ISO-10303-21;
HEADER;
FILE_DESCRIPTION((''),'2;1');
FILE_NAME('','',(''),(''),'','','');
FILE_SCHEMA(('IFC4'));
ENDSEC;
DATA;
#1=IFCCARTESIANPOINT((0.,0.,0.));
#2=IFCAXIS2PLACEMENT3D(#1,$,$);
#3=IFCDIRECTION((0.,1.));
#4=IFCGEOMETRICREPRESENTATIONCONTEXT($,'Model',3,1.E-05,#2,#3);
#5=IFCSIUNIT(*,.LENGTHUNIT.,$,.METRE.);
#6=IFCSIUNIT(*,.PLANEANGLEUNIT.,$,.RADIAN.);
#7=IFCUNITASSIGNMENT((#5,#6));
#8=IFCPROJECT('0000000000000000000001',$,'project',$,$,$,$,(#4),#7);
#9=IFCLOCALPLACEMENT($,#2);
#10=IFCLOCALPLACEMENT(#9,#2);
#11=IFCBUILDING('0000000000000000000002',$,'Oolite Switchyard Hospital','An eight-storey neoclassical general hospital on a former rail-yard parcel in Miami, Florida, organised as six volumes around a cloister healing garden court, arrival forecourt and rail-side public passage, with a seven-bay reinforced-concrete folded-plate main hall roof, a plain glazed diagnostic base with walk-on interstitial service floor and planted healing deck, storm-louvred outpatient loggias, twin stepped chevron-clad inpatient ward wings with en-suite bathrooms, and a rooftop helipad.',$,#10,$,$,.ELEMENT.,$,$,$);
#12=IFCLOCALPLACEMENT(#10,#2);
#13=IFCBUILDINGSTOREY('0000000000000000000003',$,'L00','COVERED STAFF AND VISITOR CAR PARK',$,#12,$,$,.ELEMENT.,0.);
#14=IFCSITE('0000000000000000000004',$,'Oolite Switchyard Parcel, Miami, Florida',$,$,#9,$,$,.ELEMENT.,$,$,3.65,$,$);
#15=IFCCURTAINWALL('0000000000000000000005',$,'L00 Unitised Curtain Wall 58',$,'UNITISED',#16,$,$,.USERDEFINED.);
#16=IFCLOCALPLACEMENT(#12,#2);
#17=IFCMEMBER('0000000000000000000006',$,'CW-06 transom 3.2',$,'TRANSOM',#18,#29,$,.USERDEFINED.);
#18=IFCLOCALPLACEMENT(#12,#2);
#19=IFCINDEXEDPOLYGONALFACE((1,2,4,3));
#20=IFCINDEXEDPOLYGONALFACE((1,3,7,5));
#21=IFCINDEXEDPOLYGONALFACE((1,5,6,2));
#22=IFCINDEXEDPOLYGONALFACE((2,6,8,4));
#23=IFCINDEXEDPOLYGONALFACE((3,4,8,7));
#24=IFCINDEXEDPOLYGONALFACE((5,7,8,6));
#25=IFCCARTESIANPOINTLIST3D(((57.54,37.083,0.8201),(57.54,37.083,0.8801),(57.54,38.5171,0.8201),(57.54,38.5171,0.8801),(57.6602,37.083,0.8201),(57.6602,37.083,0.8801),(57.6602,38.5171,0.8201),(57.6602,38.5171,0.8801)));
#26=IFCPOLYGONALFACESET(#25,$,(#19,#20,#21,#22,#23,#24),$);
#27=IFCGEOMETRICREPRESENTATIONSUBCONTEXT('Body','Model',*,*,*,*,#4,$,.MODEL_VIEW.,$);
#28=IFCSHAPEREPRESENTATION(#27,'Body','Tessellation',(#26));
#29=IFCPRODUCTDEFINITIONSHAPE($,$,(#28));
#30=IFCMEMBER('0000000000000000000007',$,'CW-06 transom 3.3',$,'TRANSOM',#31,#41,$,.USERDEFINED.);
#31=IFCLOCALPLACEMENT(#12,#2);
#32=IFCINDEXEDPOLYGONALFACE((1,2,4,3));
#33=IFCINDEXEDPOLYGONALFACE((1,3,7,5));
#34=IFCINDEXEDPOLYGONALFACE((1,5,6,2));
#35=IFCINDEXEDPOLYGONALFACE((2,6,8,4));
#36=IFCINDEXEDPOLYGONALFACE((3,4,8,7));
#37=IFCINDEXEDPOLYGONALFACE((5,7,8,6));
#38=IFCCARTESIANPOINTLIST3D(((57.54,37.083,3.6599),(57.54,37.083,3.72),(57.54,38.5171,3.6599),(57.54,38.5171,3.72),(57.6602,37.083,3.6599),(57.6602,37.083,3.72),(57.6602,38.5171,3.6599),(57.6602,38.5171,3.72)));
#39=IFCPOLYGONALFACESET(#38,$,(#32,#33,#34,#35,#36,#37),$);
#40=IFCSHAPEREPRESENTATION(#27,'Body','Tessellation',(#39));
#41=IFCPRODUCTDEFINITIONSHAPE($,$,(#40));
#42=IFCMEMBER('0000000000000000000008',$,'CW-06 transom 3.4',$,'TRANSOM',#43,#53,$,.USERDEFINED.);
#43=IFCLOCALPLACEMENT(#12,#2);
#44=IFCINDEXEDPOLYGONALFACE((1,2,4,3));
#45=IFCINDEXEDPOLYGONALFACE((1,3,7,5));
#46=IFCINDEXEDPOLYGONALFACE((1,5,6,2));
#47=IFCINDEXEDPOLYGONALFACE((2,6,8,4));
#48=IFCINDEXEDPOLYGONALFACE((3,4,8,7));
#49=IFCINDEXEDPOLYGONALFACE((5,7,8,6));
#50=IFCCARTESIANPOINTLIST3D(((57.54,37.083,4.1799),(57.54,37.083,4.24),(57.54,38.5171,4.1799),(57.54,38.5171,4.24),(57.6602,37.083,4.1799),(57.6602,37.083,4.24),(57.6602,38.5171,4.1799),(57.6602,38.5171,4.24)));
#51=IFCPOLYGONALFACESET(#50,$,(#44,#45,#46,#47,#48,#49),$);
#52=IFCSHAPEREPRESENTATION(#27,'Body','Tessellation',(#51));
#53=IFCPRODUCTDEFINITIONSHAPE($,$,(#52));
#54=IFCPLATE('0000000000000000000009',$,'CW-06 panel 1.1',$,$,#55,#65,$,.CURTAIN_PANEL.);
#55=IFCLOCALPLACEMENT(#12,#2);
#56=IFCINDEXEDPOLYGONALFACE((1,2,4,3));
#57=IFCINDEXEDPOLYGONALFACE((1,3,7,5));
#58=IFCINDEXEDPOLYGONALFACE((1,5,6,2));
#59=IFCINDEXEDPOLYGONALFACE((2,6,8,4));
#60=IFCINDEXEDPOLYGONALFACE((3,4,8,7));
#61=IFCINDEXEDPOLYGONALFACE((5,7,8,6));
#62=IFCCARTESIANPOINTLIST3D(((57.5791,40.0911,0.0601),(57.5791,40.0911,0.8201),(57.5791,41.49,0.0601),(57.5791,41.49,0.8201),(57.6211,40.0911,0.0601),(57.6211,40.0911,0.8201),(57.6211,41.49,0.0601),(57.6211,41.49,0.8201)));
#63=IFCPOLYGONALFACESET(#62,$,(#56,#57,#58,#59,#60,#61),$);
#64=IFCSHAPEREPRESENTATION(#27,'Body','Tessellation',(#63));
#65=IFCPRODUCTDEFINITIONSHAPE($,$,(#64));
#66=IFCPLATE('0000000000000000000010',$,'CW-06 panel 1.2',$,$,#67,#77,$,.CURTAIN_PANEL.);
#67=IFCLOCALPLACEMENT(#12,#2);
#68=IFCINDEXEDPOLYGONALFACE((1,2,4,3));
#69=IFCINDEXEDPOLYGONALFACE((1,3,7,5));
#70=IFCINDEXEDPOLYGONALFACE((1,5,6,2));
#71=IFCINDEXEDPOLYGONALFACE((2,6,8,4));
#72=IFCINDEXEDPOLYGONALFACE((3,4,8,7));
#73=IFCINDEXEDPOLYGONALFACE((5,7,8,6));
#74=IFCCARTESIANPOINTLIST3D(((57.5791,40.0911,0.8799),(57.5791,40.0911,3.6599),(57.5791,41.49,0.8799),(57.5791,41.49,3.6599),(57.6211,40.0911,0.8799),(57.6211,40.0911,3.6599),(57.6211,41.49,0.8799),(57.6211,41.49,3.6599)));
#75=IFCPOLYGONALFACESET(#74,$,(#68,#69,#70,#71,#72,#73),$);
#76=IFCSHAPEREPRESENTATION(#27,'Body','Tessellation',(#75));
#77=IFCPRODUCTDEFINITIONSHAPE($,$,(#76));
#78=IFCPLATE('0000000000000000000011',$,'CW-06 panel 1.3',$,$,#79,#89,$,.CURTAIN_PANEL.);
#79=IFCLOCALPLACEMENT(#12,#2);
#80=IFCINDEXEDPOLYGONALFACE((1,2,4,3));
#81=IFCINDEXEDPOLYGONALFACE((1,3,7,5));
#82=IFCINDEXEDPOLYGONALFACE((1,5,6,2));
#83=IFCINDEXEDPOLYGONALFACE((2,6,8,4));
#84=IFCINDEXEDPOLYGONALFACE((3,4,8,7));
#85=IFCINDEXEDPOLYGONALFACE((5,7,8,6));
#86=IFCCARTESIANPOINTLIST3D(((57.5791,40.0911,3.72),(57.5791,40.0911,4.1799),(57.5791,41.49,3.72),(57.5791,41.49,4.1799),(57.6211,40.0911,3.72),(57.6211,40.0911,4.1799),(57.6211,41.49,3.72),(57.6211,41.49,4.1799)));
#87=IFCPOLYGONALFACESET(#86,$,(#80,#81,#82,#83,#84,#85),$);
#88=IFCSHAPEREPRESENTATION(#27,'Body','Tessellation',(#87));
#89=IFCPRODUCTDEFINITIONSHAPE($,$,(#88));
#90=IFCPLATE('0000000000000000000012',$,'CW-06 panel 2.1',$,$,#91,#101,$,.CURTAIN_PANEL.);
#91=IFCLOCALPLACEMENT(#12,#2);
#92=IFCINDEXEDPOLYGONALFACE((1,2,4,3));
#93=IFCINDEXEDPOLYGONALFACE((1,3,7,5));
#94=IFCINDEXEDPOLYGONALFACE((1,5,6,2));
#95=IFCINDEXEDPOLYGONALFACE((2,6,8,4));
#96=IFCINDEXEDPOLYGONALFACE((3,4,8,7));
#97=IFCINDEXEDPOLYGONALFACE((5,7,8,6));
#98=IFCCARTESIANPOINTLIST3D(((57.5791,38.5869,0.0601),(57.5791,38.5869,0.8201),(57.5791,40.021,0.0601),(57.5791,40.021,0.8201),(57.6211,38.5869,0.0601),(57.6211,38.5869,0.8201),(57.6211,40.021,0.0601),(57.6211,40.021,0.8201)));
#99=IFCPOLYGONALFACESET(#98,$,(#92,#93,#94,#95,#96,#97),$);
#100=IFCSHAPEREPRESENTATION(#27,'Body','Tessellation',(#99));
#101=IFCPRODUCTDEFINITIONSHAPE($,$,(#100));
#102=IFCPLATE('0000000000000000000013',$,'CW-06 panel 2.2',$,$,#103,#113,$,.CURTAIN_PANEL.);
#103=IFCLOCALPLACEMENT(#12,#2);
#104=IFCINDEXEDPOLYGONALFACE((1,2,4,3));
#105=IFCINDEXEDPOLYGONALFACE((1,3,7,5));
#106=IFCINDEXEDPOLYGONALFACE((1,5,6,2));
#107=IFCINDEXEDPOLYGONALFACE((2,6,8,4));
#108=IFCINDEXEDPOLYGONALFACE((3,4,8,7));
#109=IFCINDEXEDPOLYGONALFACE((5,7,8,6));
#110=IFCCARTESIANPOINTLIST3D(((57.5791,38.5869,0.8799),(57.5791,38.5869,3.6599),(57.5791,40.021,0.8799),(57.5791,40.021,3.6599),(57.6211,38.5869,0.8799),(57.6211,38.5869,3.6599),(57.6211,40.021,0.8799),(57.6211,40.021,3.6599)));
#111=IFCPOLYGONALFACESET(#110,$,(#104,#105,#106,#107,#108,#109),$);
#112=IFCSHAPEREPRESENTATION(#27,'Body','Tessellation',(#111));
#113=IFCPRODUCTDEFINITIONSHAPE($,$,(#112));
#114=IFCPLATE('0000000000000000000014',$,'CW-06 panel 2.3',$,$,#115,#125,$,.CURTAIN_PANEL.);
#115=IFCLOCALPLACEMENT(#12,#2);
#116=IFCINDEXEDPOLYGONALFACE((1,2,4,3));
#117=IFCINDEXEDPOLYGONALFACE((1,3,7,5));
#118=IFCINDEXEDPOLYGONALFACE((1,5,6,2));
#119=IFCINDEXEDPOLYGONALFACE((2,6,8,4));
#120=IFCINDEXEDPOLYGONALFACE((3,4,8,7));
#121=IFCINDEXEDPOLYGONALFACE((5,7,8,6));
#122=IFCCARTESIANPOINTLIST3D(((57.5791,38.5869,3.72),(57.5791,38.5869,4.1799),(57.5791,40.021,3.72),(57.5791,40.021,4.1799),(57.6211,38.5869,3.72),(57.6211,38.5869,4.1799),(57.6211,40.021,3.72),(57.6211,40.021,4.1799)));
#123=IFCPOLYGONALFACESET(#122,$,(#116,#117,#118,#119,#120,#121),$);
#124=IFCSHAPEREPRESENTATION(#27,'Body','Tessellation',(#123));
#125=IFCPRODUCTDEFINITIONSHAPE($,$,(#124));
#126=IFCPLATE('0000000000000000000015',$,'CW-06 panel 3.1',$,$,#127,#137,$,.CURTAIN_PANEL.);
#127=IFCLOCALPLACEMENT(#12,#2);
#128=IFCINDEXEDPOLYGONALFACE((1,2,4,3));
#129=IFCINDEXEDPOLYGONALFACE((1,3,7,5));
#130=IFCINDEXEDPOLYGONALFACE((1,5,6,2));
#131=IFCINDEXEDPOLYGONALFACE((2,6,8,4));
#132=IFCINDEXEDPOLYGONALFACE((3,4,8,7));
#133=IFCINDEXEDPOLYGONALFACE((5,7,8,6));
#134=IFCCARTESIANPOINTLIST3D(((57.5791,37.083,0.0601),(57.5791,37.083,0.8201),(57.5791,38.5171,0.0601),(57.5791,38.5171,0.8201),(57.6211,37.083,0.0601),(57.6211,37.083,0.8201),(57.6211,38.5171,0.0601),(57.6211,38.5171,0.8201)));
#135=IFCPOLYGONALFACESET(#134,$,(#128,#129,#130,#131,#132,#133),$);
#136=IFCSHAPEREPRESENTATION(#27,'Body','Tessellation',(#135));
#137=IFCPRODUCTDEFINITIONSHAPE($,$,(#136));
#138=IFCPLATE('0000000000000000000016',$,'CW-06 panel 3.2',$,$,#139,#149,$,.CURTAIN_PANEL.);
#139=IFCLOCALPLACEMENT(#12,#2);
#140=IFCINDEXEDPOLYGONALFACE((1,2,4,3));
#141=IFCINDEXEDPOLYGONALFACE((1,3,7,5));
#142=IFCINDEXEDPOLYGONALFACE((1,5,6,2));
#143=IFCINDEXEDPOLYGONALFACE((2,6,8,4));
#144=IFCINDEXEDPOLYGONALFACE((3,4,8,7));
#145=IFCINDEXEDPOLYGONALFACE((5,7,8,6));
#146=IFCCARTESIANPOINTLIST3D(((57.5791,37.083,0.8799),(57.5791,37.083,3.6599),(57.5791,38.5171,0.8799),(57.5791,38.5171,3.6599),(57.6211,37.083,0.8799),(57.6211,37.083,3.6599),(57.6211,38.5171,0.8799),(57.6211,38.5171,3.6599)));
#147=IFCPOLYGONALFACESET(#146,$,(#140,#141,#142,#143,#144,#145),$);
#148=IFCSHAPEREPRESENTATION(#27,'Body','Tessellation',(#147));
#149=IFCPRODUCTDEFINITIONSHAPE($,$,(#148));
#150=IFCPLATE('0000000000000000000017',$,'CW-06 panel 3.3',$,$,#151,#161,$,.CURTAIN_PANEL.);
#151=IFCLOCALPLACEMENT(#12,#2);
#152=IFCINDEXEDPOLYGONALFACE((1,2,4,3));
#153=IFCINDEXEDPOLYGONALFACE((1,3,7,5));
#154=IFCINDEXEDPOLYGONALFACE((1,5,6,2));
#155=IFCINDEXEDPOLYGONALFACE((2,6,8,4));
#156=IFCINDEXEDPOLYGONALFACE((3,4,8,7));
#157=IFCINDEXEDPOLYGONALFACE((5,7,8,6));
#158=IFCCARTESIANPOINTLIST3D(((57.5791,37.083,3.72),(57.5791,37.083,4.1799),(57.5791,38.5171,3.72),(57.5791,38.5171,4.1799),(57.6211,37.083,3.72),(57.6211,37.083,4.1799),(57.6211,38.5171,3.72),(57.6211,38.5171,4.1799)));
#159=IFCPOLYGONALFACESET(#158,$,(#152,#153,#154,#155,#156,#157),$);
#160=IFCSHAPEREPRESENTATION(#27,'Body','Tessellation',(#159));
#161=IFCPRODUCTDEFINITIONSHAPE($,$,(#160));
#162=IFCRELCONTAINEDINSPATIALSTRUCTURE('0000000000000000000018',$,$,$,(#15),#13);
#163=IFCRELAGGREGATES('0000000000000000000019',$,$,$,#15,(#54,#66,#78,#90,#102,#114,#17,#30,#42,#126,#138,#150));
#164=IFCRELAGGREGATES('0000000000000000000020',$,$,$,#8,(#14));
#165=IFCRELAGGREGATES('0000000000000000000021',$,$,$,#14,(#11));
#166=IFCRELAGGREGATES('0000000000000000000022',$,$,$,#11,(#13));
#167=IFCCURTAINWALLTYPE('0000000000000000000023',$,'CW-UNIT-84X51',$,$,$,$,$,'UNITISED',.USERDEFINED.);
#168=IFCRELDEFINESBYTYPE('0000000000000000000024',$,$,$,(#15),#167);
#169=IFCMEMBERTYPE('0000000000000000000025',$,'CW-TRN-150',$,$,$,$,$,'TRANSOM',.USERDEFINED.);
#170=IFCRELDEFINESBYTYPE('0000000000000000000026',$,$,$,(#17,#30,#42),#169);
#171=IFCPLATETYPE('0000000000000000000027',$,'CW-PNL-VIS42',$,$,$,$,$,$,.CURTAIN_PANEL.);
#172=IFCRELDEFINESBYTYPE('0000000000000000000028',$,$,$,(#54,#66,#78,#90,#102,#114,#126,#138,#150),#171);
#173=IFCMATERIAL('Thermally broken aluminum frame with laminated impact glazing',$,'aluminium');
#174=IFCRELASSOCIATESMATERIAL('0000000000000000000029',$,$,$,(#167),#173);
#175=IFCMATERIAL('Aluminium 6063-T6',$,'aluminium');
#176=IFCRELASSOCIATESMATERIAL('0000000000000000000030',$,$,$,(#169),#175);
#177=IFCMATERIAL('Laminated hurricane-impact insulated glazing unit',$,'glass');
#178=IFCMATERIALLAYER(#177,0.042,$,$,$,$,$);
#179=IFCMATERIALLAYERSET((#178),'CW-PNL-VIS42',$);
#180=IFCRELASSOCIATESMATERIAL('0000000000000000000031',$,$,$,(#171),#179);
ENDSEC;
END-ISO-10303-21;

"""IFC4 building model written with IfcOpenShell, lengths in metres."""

from ifc_helpers import new_model, si_unit, direction, frame, origin, origin_2d, place, context, subcontext, project, spatial, rectangle, extrude, material, layer, layer_set, material_profile, profile_set, type_object, element, aggregate, save


model = new_model("IFC4")

# Units and contexts
model_context = context("Model", 3, precision=1e-05, world=origin(), true_north=direction((0.0, 1.0)))
body_context = subcontext(model_context, "Body", "Model", "MODEL_VIEW")
ifc_project = project(units=[si_unit("LENGTHUNIT", "METRE"), si_unit("PLANEANGLEUNIT", "RADIAN")], contexts=[model_context])

# Site, building, storey
site_placement = place(None, origin())
site = spatial("IfcSite", under=ifc_project, at=site_placement, Name="Oolite Switchyard Parcel, Miami, Florida", CompositionType="ELEMENT", RefElevation=3.65)
building_placement = place(site_placement, origin())
building = spatial("IfcBuilding", under=site, at=building_placement, Name="Oolite Switchyard Hospital", Description="An eight-storey neoclassical general hospital on a former rail-yard parcel in Miami, Florida, organised as six volumes around a cloister healing garden court, arrival forecourt and rail-side public passage, with a seven-bay reinforced-concrete folded-plate main hall roof, a plain glazed diagnostic base with walk-on interstitial service floor and planted healing deck, storm-louvred outpatient loggias, twin stepped chevron-clad inpatient ward wings with en-suite bathrooms, and a rooftop helipad.", CompositionType="ELEMENT")
storey_placement = place(building_placement, origin())
storey = spatial("IfcBuildingStorey", under=building, at=storey_placement, Name="L00", Description="COVERED STAFF AND VISITOR CAR PARK", CompositionType="ELEMENT", Elevation=0.0)

# Curtain wall, members, plates
ifc_material_1 = material(Name="Thermally broken aluminum frame with laminated impact glazing", Category="aluminium")
curtain_wall_type = type_object("IfcCurtainWallType", Name="CW-UNIT-84X51", ElementType="UNITISED", PredefinedType="USERDEFINED", material=ifc_material_1)
curtain_wall_placement = place(storey_placement, origin())
curtain_wall = element("IfcCurtainWall", 1, at=curtain_wall_placement, inside=storey, type_object=curtain_wall_type, Name="L00 Unitised Curtain Wall 58", ObjectType="UNITISED", PredefinedType="USERDEFINED")
ifc_material_2 = material(Name="Aluminium 6063-T6", Category="aluminium")
ifc_material_profile_1 = material_profile(ifc_material_2, rectangle(XDim=0.1201, YDim=0.0601, at=origin_2d()), Name="CWT60X120")
ifc_profile_set_1 = profile_set([ifc_material_profile_1], Name="Aluminium 6063-T6")
member_type_1 = type_object("IfcMemberType", Name="CW-TRN-150", ElementType="TRANSOM", PredefinedType="USERDEFINED", material=ifc_profile_set_1)
member_1_placement = place(storey_placement, frame((57.6001, 38.5171, 0.8501), z_axis=(0.0, -1.0, 0.0), x_axis=(1.0, 0.0, 0.0)))
member_1 = element("IfcMember", 2, at=member_1_placement, type_object=member_type_1, Name="CW-06 transom 3.2", ObjectType="TRANSOM", PredefinedType="USERDEFINED", context=body_context, shape_type="SweptSolid", body=[
    extrude(rectangle(XDim=0.1201, YDim=0.0601, at=origin_2d()), origin(), (0.0, 0.0, 1.0), 1.4341),
])
member_2_placement = place(storey_placement, frame((57.6001, 38.5171, 3.6899), z_axis=(0.0, -1.0, 0.0), x_axis=(1.0, 0.0, 0.0)))
member_2 = element("IfcMember", 3, at=member_2_placement, type_object=member_type_1, Name="CW-06 transom 3.3", ObjectType="TRANSOM", PredefinedType="USERDEFINED", context=body_context, shape_type="SweptSolid", body=[
    extrude(rectangle(XDim=0.1201, YDim=0.0601, at=origin_2d()), origin(), (0.0, 0.0, 1.0), 1.4341),
])
member_3_placement = place(storey_placement, frame((57.6001, 38.5171, 4.21), z_axis=(0.0, -1.0, 0.0), x_axis=(1.0, 0.0, 0.0)))
member_3 = element("IfcMember", 4, at=member_3_placement, type_object=member_type_1, Name="CW-06 transom 3.4", ObjectType="TRANSOM", PredefinedType="USERDEFINED", context=body_context, shape_type="SweptSolid", body=[
    extrude(rectangle(XDim=0.1201, YDim=0.0601, at=origin_2d()), origin(), (0.0, 0.0, 1.0), 1.4341),
])
ifc_material_3 = material(Name="Laminated hurricane-impact insulated glazing unit", Category="glass")
ifc_layer = layer(ifc_material_3, 0.042)
ifc_layer_set = layer_set([ifc_layer], Name="CW-PNL-VIS42")
plate_type = type_object("IfcPlateType", Name="CW-PNL-VIS42", PredefinedType="CURTAIN_PANEL", material=ifc_layer_set)
plate_1_placement = place(storey_placement, frame((57.6001, 40.7905, 0.0601), z_axis=(0.0, 0.0, 1.0), x_axis=(0.0, -1.0, 0.0)))
plate_1 = element("IfcPlate", 5, at=plate_1_placement, type_object=plate_type, Name="CW-06 panel 1.1", PredefinedType="CURTAIN_PANEL", context=body_context, shape_type="SweptSolid", body=[
    extrude(rectangle(XDim=1.3989, YDim=0.042, at=origin_2d()), origin(), (0.0, 0.0, 1.0), 0.76),
])
plate_2_placement = place(storey_placement, frame((57.6001, 40.7905, 0.8799), z_axis=(0.0, 0.0, 1.0), x_axis=(0.0, -1.0, 0.0)))
plate_2 = element("IfcPlate", 6, at=plate_2_placement, type_object=plate_type, Name="CW-06 panel 1.2", PredefinedType="CURTAIN_PANEL", context=body_context, shape_type="SweptSolid", body=[
    extrude(rectangle(XDim=1.3989, YDim=0.042, at=origin_2d()), origin(), (0.0, 0.0, 1.0), 2.78),
])
plate_3_placement = place(storey_placement, frame((57.6001, 40.7905, 3.72), z_axis=(0.0, 0.0, 1.0), x_axis=(0.0, -1.0, 0.0)))
plate_3 = element("IfcPlate", 7, at=plate_3_placement, type_object=plate_type, Name="CW-06 panel 1.3", PredefinedType="CURTAIN_PANEL", context=body_context, shape_type="SweptSolid", body=[
    extrude(rectangle(XDim=1.3989, YDim=0.042, at=origin_2d()), origin(), (0.0, 0.0, 1.0), 0.46),
])
plate_4_placement = place(storey_placement, frame((57.6001, 39.304, 0.0601), z_axis=(0.0, 0.0, 1.0), x_axis=(0.0, -1.0, 0.0)))
plate_4 = element("IfcPlate", 8, at=plate_4_placement, type_object=plate_type, Name="CW-06 panel 2.1", PredefinedType="CURTAIN_PANEL", context=body_context, shape_type="SweptSolid", body=[
    extrude(rectangle(XDim=1.4341, YDim=0.042, at=origin_2d()), origin(), (0.0, 0.0, 1.0), 0.76),
])
plate_5_placement = place(storey_placement, frame((57.6001, 39.304, 0.8799), z_axis=(0.0, 0.0, 1.0), x_axis=(0.0, -1.0, 0.0)))
plate_5 = element("IfcPlate", 9, at=plate_5_placement, type_object=plate_type, Name="CW-06 panel 2.2", PredefinedType="CURTAIN_PANEL", context=body_context, shape_type="SweptSolid", body=[
    extrude(rectangle(XDim=1.4341, YDim=0.042, at=origin_2d()), origin(), (0.0, 0.0, 1.0), 2.78),
])
plate_6_placement = place(storey_placement, frame((57.6001, 39.304, 3.72), z_axis=(0.0, 0.0, 1.0), x_axis=(0.0, -1.0, 0.0)))
plate_6 = element("IfcPlate", 10, at=plate_6_placement, type_object=plate_type, Name="CW-06 panel 2.3", PredefinedType="CURTAIN_PANEL", context=body_context, shape_type="SweptSolid", body=[
    extrude(rectangle(XDim=1.4341, YDim=0.042, at=origin_2d()), origin(), (0.0, 0.0, 1.0), 0.46),
])
plate_7_placement = place(storey_placement, frame((57.6001, 37.8, 0.0601), z_axis=(0.0, 0.0, 1.0), x_axis=(0.0, -1.0, 0.0)))
plate_7 = element("IfcPlate", 11, at=plate_7_placement, type_object=plate_type, Name="CW-06 panel 3.1", PredefinedType="CURTAIN_PANEL", context=body_context, shape_type="SweptSolid", body=[
    extrude(rectangle(XDim=1.4341, YDim=0.042, at=origin_2d()), origin(), (0.0, 0.0, 1.0), 0.76),
])
plate_8_placement = place(storey_placement, frame((57.6001, 37.8, 0.8799), z_axis=(0.0, 0.0, 1.0), x_axis=(0.0, -1.0, 0.0)))
plate_8 = element("IfcPlate", 12, at=plate_8_placement, type_object=plate_type, Name="CW-06 panel 3.2", PredefinedType="CURTAIN_PANEL", context=body_context, shape_type="SweptSolid", body=[
    extrude(rectangle(XDim=1.4341, YDim=0.042, at=origin_2d()), origin(), (0.0, 0.0, 1.0), 2.78),
])
plate_9_placement = place(storey_placement, frame((57.6001, 37.8, 3.72), z_axis=(0.0, 0.0, 1.0), x_axis=(0.0, -1.0, 0.0)))
plate_9 = element("IfcPlate", 13, at=plate_9_placement, type_object=plate_type, Name="CW-06 panel 3.3", PredefinedType="CURTAIN_PANEL", context=body_context, shape_type="SweptSolid", body=[
    extrude(rectangle(XDim=1.4341, YDim=0.042, at=origin_2d()), origin(), (0.0, 0.0, 1.0), 0.46),
])
aggregate(curtain_wall, [plate_1, plate_2, plate_3, plate_4, plate_5, plate_6, member_1, member_2, member_3, plate_7, plate_8, plate_9])

save(model, "model.ifc")
